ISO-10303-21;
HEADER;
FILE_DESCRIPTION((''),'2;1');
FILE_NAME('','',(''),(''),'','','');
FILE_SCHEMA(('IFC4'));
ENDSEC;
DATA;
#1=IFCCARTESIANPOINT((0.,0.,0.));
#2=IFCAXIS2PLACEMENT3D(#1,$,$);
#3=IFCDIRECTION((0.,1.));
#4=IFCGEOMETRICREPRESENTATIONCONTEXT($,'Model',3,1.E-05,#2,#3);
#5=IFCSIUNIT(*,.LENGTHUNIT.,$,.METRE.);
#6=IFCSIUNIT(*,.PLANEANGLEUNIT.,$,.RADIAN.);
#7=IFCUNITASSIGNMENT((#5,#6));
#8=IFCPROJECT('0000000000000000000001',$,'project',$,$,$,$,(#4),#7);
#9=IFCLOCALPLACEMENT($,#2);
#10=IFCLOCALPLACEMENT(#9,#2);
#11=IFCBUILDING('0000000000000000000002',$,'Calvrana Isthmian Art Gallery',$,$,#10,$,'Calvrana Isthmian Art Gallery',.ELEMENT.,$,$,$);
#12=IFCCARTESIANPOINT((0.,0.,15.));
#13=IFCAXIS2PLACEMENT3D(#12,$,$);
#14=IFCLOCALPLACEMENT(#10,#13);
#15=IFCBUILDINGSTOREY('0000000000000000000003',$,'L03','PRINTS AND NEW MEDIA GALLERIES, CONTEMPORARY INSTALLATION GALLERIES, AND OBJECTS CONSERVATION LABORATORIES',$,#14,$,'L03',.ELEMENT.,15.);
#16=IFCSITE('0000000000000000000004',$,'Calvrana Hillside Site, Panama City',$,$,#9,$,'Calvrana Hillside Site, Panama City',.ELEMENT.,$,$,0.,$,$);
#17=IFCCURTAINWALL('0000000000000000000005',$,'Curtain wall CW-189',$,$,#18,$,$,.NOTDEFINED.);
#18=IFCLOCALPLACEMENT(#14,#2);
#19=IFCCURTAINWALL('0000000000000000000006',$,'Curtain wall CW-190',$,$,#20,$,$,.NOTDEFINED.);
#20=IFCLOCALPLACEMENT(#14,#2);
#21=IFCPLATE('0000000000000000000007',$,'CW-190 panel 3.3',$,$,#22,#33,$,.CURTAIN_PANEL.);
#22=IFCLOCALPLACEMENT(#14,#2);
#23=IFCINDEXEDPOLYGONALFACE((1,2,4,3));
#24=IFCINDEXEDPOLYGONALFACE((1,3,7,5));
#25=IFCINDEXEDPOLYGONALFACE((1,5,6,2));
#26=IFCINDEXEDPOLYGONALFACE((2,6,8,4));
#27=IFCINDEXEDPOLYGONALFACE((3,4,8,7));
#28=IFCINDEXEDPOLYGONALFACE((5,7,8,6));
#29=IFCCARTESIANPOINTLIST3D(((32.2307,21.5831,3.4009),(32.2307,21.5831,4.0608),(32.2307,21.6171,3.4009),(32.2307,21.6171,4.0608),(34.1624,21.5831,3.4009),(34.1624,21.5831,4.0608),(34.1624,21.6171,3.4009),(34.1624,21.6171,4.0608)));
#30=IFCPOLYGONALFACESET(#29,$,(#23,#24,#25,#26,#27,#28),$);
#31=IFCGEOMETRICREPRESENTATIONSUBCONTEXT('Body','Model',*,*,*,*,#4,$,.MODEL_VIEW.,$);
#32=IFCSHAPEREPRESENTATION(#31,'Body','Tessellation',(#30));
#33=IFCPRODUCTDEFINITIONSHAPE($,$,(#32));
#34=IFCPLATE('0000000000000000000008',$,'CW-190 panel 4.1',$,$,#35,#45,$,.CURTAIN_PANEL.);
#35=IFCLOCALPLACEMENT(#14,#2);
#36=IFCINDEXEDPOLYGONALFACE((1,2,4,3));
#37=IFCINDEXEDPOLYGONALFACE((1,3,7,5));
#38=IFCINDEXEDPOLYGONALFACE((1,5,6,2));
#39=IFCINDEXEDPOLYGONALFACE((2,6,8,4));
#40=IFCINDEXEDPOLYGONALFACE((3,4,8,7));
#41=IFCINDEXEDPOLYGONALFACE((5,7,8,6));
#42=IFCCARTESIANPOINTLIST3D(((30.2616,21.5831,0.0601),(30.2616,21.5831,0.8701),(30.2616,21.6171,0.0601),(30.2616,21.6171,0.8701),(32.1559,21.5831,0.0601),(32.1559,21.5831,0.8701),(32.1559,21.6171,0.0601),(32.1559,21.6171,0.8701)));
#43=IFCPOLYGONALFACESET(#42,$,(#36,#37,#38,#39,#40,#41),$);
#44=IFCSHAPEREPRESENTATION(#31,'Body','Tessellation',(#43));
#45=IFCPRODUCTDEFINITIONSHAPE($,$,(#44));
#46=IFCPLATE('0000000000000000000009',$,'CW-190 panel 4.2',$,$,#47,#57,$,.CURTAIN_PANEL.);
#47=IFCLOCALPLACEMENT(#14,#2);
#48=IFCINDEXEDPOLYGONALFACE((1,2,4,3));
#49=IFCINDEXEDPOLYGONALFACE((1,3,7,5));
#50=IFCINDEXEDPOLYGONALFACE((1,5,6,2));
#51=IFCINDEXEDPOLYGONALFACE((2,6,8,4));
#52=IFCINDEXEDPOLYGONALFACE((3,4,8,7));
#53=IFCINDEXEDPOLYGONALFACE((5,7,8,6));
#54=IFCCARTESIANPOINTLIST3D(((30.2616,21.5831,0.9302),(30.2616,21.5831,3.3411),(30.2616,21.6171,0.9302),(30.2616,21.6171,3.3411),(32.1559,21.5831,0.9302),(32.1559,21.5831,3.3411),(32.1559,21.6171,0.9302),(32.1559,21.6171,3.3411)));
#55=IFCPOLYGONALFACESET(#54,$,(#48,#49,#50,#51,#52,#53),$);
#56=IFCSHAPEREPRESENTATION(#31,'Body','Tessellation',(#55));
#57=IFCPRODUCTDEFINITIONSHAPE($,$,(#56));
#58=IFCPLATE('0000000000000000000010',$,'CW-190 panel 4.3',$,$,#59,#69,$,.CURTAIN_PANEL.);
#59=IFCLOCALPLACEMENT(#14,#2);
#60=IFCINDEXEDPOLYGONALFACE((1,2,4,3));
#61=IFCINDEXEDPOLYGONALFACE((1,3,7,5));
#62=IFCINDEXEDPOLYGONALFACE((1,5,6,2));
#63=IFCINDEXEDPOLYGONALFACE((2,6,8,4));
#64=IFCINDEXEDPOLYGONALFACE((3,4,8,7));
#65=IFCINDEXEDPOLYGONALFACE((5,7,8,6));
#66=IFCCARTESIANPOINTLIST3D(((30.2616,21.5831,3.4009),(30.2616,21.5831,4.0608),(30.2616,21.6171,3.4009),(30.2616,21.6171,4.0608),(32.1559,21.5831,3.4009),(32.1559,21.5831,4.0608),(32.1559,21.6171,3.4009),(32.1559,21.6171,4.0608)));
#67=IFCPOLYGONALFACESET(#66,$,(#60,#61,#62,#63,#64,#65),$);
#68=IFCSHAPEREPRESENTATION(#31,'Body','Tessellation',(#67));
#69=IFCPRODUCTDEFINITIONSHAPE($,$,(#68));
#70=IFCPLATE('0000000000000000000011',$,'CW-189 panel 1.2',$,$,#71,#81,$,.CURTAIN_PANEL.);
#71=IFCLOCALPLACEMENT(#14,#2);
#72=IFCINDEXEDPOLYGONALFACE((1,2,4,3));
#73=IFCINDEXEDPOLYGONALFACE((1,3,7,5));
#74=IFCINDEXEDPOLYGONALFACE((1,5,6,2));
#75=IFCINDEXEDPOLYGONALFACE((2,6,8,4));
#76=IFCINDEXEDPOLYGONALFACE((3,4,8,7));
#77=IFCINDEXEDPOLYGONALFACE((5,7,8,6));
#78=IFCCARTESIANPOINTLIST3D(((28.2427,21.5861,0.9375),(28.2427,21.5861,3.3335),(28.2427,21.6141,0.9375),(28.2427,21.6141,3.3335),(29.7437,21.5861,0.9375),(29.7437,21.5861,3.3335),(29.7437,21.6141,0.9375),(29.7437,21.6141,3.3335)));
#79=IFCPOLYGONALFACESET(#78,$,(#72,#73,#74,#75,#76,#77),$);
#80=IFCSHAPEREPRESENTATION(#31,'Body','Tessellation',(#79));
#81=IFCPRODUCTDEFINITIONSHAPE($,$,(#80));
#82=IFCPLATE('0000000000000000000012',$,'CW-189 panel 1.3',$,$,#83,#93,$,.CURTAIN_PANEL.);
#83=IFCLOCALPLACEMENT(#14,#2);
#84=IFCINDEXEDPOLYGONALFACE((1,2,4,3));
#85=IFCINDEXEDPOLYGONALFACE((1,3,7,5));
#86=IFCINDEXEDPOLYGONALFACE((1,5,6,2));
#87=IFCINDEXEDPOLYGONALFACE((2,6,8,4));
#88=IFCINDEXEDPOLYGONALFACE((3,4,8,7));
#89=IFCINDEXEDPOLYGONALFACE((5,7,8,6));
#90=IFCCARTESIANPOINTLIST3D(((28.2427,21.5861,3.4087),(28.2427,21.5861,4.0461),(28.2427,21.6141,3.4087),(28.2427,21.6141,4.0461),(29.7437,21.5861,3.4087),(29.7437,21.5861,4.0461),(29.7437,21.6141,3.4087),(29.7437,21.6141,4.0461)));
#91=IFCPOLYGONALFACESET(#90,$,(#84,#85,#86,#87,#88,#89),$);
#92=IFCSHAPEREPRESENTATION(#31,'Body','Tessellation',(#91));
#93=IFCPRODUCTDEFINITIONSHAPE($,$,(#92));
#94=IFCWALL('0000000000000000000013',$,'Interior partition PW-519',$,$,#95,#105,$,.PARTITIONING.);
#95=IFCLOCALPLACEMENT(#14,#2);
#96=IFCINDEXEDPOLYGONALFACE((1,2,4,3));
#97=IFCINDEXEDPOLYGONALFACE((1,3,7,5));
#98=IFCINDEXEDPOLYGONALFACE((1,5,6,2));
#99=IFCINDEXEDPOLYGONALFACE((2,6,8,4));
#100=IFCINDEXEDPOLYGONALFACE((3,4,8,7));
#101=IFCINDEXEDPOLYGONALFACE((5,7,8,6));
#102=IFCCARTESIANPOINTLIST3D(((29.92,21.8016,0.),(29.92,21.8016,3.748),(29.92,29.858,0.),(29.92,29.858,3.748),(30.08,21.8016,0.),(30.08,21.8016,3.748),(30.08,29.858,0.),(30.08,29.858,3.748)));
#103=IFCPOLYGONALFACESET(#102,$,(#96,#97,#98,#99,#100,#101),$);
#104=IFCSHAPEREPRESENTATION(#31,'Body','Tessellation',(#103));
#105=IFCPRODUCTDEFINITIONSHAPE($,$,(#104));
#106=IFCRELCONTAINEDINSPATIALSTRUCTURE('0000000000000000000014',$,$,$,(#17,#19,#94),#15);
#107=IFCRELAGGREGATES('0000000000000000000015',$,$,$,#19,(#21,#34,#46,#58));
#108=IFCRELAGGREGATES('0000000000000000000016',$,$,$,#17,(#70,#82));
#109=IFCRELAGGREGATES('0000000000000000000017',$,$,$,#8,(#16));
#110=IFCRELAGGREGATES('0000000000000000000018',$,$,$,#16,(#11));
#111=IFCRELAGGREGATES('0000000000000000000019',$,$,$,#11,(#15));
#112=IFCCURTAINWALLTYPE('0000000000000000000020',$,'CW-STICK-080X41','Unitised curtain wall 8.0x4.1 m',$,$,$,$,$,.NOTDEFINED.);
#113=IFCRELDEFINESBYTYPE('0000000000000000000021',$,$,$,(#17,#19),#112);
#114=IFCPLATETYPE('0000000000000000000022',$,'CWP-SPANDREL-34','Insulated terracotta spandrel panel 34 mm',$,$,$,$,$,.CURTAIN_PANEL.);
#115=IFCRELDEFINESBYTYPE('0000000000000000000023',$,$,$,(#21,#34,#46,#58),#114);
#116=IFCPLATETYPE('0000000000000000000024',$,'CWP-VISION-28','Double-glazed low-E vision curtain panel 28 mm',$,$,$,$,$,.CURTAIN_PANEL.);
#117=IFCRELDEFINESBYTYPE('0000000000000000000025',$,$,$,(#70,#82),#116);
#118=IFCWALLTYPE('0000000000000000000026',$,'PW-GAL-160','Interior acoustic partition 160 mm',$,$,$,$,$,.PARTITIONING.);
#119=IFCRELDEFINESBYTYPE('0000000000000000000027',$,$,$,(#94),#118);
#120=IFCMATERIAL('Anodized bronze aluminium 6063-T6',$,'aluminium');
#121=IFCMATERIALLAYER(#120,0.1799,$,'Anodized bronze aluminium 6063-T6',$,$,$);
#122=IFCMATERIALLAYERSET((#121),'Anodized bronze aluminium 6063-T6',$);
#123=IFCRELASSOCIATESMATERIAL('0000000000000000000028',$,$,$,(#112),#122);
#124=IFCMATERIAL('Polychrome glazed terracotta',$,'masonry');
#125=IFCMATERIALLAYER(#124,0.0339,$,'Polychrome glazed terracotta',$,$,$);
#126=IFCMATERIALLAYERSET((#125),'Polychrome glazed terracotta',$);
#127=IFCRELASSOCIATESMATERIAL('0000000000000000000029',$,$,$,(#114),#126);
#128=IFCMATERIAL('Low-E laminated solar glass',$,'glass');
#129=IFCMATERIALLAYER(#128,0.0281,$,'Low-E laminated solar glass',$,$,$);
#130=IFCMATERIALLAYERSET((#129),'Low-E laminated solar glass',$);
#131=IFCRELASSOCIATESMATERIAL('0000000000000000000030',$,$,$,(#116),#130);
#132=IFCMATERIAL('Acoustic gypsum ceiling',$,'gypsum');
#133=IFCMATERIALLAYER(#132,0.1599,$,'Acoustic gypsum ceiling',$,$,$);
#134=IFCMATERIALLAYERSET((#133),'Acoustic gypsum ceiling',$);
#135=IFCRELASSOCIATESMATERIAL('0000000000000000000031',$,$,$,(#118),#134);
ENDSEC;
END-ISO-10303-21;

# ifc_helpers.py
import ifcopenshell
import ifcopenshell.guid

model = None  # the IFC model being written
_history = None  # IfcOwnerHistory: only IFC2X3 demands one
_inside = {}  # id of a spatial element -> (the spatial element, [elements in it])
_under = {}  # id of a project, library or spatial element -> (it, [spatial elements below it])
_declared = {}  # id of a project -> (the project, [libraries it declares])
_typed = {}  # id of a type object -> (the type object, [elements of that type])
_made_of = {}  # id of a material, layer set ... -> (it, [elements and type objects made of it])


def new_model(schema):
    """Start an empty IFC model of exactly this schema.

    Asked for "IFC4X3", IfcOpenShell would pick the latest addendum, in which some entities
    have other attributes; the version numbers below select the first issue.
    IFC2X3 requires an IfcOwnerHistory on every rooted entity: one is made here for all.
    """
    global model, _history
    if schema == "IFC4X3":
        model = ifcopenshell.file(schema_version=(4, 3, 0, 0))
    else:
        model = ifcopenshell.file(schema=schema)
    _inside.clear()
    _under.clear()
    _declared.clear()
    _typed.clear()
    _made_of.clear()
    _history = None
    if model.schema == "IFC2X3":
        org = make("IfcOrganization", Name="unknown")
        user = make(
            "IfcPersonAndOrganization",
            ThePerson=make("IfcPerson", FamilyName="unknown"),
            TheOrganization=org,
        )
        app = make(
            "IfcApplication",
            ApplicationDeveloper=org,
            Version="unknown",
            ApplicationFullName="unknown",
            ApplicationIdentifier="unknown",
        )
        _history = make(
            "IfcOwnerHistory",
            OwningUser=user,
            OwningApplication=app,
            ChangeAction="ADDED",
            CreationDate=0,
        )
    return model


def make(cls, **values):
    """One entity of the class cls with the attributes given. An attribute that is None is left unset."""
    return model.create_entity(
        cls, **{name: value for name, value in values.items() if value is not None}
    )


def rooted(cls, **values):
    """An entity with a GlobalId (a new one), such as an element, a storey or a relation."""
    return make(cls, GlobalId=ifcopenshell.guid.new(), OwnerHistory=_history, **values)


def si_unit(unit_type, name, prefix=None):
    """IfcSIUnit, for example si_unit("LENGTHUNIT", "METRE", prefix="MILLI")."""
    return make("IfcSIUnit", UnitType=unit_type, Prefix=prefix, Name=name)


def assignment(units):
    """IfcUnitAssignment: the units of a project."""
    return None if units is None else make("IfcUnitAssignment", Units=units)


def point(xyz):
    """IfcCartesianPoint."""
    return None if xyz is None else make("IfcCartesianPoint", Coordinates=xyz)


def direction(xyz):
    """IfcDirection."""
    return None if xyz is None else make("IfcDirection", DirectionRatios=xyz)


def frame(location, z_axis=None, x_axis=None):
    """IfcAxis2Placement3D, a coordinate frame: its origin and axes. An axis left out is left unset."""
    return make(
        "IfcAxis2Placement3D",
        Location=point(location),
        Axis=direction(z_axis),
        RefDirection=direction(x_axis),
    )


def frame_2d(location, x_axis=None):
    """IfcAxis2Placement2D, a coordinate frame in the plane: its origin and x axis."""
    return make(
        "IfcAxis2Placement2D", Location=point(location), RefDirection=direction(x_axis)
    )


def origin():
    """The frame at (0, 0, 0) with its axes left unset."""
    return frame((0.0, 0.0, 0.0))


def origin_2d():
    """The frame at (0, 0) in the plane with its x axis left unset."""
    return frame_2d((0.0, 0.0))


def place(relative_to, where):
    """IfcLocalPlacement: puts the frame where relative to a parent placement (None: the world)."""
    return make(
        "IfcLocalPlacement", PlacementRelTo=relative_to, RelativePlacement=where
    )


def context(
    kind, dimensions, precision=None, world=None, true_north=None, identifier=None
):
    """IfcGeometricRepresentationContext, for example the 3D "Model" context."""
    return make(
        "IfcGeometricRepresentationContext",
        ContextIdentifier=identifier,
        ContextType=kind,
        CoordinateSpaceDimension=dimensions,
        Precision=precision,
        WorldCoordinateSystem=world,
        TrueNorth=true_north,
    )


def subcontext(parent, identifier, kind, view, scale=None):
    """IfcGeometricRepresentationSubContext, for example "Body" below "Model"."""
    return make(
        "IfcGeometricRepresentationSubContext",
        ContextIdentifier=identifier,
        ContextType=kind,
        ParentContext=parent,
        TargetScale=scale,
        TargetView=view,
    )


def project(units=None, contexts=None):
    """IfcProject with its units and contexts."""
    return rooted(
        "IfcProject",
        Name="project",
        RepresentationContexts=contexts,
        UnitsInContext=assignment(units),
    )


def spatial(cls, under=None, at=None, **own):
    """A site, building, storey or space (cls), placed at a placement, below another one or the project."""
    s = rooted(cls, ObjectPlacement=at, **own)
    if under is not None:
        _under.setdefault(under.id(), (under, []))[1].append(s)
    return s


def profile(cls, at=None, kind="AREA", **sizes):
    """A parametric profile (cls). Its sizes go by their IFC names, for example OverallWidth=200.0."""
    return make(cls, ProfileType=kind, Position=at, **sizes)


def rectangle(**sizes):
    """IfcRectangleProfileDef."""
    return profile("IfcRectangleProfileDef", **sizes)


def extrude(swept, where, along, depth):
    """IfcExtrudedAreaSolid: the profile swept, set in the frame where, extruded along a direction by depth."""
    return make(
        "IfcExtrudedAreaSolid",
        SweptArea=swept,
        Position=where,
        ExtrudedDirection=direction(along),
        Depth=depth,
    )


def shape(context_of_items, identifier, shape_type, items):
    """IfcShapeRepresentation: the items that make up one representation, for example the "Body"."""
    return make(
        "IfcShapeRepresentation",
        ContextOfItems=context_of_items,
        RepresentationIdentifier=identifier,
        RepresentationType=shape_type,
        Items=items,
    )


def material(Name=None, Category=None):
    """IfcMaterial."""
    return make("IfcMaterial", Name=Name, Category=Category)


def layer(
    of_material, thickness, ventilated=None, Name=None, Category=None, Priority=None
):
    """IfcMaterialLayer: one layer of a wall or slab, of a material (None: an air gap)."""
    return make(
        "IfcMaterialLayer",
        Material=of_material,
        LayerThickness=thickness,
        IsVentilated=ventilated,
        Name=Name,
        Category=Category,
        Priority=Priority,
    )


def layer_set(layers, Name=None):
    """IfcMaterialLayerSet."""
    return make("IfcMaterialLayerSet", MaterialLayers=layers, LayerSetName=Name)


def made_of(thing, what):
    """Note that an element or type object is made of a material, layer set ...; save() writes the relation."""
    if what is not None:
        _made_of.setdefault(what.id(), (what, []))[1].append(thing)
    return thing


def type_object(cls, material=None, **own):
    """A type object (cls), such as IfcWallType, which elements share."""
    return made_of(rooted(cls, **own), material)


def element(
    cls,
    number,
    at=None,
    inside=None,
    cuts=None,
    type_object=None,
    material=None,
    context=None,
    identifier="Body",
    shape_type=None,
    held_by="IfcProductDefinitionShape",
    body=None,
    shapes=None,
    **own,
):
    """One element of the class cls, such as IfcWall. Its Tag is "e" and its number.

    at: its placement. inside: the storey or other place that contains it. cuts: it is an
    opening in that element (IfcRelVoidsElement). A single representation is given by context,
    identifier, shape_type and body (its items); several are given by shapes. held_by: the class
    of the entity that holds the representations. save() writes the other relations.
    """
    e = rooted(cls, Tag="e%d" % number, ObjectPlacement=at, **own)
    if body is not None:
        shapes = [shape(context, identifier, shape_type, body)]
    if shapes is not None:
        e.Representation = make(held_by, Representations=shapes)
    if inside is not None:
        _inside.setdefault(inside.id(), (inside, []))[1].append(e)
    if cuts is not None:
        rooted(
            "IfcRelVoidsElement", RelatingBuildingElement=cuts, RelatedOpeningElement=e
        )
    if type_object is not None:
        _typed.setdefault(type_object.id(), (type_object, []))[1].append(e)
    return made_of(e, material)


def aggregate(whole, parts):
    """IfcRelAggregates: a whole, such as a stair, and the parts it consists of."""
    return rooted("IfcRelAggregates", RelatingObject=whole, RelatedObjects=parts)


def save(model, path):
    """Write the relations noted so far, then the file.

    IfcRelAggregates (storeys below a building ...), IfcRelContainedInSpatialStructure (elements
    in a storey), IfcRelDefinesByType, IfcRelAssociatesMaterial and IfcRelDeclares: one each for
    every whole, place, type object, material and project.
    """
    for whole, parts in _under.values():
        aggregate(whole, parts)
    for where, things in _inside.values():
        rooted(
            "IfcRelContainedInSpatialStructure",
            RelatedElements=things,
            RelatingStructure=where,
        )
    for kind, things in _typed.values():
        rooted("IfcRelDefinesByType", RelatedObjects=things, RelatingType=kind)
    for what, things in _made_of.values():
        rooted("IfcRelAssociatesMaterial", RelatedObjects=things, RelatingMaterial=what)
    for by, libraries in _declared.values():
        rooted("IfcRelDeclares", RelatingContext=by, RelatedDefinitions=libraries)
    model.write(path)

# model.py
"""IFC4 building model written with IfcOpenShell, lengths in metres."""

from ifc_helpers import new_model, si_unit, direction, frame, frame_2d, origin, origin_2d, place, context, subcontext, project, spatial, rectangle, extrude, material, layer, layer_set, type_object, element, aggregate, save


model = new_model("IFC4")

# Units and contexts
model_context = context("Model", 3, precision=1e-05, world=origin(), true_north=direction((0.0, 1.0)))
body_context = subcontext(model_context, "Body", "Model", "MODEL_VIEW")
ifc_project = project(units=[si_unit("LENGTHUNIT", "METRE"), si_unit("PLANEANGLEUNIT", "RADIAN")], contexts=[model_context])

# Site, building, storey
site_placement = place(None, origin())
site = spatial("IfcSite", under=ifc_project, at=site_placement, Name="Calvrana Hillside Site, Panama City", LongName="Calvrana Hillside Site, Panama City", CompositionType="ELEMENT", RefElevation=0.0)
building_placement = place(site_placement, origin())
building = spatial("IfcBuilding", under=site, at=building_placement, Name="Calvrana Isthmian Art Gallery", LongName="Calvrana Isthmian Art Gallery", CompositionType="ELEMENT")
storey_placement = place(building_placement, frame((0.0, 0.0, 15.0)))
storey = spatial("IfcBuildingStorey", under=building, at=storey_placement, Name="L03", Description="PRINTS AND NEW MEDIA GALLERIES, CONTEMPORARY INSTALLATION GALLERIES, AND OBJECTS CONSERVATION LABORATORIES", LongName="L03", CompositionType="ELEMENT", Elevation=15.0)

# Curtain wall
ifc_material_1 = material(Name="Anodized bronze aluminium 6063-T6", Category="aluminium")
ifc_layer_1 = layer(ifc_material_1, 0.1799, Name="Anodized bronze aluminium 6063-T6")
ifc_layer_set_1 = layer_set([ifc_layer_1], Name="Anodized bronze aluminium 6063-T6")
curtain_wall_type = type_object("IfcCurtainWallType", Name="CW-STICK-080X41", Description="Unitised curtain wall 8.0x4.1 m", PredefinedType="NOTDEFINED", material=ifc_layer_set_1)
curtain_wall_1_placement = place(storey_placement, origin())
curtain_wall_1 = element("IfcCurtainWall", 1, at=curtain_wall_1_placement, inside=storey, type_object=curtain_wall_type, Name="Curtain wall CW-189", PredefinedType="NOTDEFINED")

# Curtain wall
curtain_wall_2_placement = place(storey_placement, origin())
curtain_wall_2 = element("IfcCurtainWall", 2, at=curtain_wall_2_placement, inside=storey, type_object=curtain_wall_type, Name="Curtain wall CW-190", PredefinedType="NOTDEFINED")

# Plates
ifc_material_2 = material(Name="Polychrome glazed terracotta", Category="masonry")
ifc_layer_2 = layer(ifc_material_2, 0.0339, Name="Polychrome glazed terracotta")
ifc_layer_set_2 = layer_set([ifc_layer_2], Name="Polychrome glazed terracotta")
plate_type_1 = type_object("IfcPlateType", Name="CWP-SPANDREL-34", Description="Insulated terracotta spandrel panel 34 mm", PredefinedType="CURTAIN_PANEL", material=ifc_layer_set_2)
plate_1_placement = place(storey_placement, frame((33.1965, 21.6001, 3.4009), z_axis=(0.0, 0.0, 1.0), x_axis=(-1.0, 0.0, 0.0)))
plate_1 = element("IfcPlate", 3, at=plate_1_placement, type_object=plate_type_1, Name="CW-190 panel 3.3", PredefinedType="CURTAIN_PANEL", context=body_context, shape_type="SweptSolid", body=[
    extrude(rectangle(XDim=1.9316, YDim=0.0339, at=origin_2d()), origin(), (0.0, 0.0, 1.0), 0.6599),
])
plate_2_placement = place(storey_placement, frame((31.2087, 21.6001, 0.0601), z_axis=(0.0, 0.0, 1.0), x_axis=(-1.0, 0.0, 0.0)))
plate_2 = element("IfcPlate", 4, at=plate_2_placement, type_object=plate_type_1, Name="CW-190 panel 4.1", PredefinedType="CURTAIN_PANEL", context=body_context, shape_type="SweptSolid", body=[
    extrude(rectangle(XDim=1.8943, YDim=0.0339, at=origin_2d()), origin(), (0.0, 0.0, 1.0), 0.8101),
])
plate_3_placement = place(storey_placement, frame((31.2087, 21.6001, 0.9302), z_axis=(0.0, 0.0, 1.0), x_axis=(-1.0, 0.0, 0.0)))
plate_3 = element("IfcPlate", 5, at=plate_3_placement, type_object=plate_type_1, Name="CW-190 panel 4.2", PredefinedType="CURTAIN_PANEL", context=body_context, shape_type="SweptSolid", body=[
    extrude(rectangle(XDim=1.8943, YDim=0.0339, at=origin_2d()), origin(), (0.0, 0.0, 1.0), 2.4109),
])
plate_4_placement = place(storey_placement, frame((31.2087, 21.6001, 3.4009), z_axis=(0.0, 0.0, 1.0), x_axis=(-1.0, 0.0, 0.0)))
plate_4 = element("IfcPlate", 6, at=plate_4_placement, type_object=plate_type_1, Name="CW-190 panel 4.3", PredefinedType="CURTAIN_PANEL", context=body_context, shape_type="SweptSolid", body=[
    extrude(rectangle(XDim=1.8943, YDim=0.0339, at=origin_2d()), origin(), (0.0, 0.0, 1.0), 0.6599),
])
aggregate(curtain_wall_2, [plate_1, plate_2, plate_3, plate_4])
ifc_material_3 = material(Name="Low-E laminated solar glass", Category="glass")
ifc_layer_3 = layer(ifc_material_3, 0.0281, Name="Low-E laminated solar glass")
ifc_layer_set_3 = layer_set([ifc_layer_3], Name="Low-E laminated solar glass")
plate_type_2 = type_object("IfcPlateType", Name="CWP-VISION-28", Description="Double-glazed low-E vision curtain panel 28 mm", PredefinedType="CURTAIN_PANEL", material=ifc_layer_set_3)
plate_5_placement = place(storey_placement, frame((28.9932, 21.6001, 0.9375), z_axis=(0.0, 0.0, 1.0), x_axis=(-1.0, 0.0, 0.0)))
plate_5 = element("IfcPlate", 7, at=plate_5_placement, type_object=plate_type_2, Name="CW-189 panel 1.2", PredefinedType="CURTAIN_PANEL", context=body_context, shape_type="SweptSolid", body=[
    extrude(rectangle(XDim=1.501, YDim=0.0281, at=origin_2d()), origin(), (0.0, 0.0, 1.0), 2.396),
])
plate_6_placement = place(storey_placement, frame((28.9932, 21.6001, 3.4087), z_axis=(0.0, 0.0, 1.0), x_axis=(-1.0, 0.0, 0.0)))
plate_6 = element("IfcPlate", 8, at=plate_6_placement, type_object=plate_type_2, Name="CW-189 panel 1.3", PredefinedType="CURTAIN_PANEL", context=body_context, shape_type="SweptSolid", body=[
    extrude(rectangle(XDim=1.501, YDim=0.0281, at=origin_2d()), origin(), (0.0, 0.0, 1.0), 0.6375),
])
aggregate(curtain_wall_1, [plate_5, plate_6])

# Wall
ifc_material_4 = material(Name="Acoustic gypsum ceiling", Category="gypsum")
ifc_layer_4 = layer(ifc_material_4, 0.1599, Name="Acoustic gypsum ceiling")
ifc_layer_set_4 = layer_set([ifc_layer_4], Name="Acoustic gypsum ceiling")
wall_type = type_object("IfcWallType", Name="PW-GAL-160", Description="Interior acoustic partition 160 mm", PredefinedType="PARTITIONING", material=ifc_layer_set_4)
wall_placement = place(storey_placement, frame((30.0, 21.8015, 0.0), z_axis=(0.0, 0.0, 1.0), x_axis=(0.0, 1.0, 0.0)))
element("IfcWall", 9, at=wall_placement, inside=storey, type_object=wall_type, Name="Interior partition PW-519", PredefinedType="PARTITIONING", context=body_context, shape_type="SweptSolid", body=[
    extrude(rectangle(XDim=8.0564, YDim=0.1599, at=frame_2d((4.0283, 0.0))), origin(), (0.0, 0.0, 1.0), 3.748),
])

save(model, "model.ifc")
